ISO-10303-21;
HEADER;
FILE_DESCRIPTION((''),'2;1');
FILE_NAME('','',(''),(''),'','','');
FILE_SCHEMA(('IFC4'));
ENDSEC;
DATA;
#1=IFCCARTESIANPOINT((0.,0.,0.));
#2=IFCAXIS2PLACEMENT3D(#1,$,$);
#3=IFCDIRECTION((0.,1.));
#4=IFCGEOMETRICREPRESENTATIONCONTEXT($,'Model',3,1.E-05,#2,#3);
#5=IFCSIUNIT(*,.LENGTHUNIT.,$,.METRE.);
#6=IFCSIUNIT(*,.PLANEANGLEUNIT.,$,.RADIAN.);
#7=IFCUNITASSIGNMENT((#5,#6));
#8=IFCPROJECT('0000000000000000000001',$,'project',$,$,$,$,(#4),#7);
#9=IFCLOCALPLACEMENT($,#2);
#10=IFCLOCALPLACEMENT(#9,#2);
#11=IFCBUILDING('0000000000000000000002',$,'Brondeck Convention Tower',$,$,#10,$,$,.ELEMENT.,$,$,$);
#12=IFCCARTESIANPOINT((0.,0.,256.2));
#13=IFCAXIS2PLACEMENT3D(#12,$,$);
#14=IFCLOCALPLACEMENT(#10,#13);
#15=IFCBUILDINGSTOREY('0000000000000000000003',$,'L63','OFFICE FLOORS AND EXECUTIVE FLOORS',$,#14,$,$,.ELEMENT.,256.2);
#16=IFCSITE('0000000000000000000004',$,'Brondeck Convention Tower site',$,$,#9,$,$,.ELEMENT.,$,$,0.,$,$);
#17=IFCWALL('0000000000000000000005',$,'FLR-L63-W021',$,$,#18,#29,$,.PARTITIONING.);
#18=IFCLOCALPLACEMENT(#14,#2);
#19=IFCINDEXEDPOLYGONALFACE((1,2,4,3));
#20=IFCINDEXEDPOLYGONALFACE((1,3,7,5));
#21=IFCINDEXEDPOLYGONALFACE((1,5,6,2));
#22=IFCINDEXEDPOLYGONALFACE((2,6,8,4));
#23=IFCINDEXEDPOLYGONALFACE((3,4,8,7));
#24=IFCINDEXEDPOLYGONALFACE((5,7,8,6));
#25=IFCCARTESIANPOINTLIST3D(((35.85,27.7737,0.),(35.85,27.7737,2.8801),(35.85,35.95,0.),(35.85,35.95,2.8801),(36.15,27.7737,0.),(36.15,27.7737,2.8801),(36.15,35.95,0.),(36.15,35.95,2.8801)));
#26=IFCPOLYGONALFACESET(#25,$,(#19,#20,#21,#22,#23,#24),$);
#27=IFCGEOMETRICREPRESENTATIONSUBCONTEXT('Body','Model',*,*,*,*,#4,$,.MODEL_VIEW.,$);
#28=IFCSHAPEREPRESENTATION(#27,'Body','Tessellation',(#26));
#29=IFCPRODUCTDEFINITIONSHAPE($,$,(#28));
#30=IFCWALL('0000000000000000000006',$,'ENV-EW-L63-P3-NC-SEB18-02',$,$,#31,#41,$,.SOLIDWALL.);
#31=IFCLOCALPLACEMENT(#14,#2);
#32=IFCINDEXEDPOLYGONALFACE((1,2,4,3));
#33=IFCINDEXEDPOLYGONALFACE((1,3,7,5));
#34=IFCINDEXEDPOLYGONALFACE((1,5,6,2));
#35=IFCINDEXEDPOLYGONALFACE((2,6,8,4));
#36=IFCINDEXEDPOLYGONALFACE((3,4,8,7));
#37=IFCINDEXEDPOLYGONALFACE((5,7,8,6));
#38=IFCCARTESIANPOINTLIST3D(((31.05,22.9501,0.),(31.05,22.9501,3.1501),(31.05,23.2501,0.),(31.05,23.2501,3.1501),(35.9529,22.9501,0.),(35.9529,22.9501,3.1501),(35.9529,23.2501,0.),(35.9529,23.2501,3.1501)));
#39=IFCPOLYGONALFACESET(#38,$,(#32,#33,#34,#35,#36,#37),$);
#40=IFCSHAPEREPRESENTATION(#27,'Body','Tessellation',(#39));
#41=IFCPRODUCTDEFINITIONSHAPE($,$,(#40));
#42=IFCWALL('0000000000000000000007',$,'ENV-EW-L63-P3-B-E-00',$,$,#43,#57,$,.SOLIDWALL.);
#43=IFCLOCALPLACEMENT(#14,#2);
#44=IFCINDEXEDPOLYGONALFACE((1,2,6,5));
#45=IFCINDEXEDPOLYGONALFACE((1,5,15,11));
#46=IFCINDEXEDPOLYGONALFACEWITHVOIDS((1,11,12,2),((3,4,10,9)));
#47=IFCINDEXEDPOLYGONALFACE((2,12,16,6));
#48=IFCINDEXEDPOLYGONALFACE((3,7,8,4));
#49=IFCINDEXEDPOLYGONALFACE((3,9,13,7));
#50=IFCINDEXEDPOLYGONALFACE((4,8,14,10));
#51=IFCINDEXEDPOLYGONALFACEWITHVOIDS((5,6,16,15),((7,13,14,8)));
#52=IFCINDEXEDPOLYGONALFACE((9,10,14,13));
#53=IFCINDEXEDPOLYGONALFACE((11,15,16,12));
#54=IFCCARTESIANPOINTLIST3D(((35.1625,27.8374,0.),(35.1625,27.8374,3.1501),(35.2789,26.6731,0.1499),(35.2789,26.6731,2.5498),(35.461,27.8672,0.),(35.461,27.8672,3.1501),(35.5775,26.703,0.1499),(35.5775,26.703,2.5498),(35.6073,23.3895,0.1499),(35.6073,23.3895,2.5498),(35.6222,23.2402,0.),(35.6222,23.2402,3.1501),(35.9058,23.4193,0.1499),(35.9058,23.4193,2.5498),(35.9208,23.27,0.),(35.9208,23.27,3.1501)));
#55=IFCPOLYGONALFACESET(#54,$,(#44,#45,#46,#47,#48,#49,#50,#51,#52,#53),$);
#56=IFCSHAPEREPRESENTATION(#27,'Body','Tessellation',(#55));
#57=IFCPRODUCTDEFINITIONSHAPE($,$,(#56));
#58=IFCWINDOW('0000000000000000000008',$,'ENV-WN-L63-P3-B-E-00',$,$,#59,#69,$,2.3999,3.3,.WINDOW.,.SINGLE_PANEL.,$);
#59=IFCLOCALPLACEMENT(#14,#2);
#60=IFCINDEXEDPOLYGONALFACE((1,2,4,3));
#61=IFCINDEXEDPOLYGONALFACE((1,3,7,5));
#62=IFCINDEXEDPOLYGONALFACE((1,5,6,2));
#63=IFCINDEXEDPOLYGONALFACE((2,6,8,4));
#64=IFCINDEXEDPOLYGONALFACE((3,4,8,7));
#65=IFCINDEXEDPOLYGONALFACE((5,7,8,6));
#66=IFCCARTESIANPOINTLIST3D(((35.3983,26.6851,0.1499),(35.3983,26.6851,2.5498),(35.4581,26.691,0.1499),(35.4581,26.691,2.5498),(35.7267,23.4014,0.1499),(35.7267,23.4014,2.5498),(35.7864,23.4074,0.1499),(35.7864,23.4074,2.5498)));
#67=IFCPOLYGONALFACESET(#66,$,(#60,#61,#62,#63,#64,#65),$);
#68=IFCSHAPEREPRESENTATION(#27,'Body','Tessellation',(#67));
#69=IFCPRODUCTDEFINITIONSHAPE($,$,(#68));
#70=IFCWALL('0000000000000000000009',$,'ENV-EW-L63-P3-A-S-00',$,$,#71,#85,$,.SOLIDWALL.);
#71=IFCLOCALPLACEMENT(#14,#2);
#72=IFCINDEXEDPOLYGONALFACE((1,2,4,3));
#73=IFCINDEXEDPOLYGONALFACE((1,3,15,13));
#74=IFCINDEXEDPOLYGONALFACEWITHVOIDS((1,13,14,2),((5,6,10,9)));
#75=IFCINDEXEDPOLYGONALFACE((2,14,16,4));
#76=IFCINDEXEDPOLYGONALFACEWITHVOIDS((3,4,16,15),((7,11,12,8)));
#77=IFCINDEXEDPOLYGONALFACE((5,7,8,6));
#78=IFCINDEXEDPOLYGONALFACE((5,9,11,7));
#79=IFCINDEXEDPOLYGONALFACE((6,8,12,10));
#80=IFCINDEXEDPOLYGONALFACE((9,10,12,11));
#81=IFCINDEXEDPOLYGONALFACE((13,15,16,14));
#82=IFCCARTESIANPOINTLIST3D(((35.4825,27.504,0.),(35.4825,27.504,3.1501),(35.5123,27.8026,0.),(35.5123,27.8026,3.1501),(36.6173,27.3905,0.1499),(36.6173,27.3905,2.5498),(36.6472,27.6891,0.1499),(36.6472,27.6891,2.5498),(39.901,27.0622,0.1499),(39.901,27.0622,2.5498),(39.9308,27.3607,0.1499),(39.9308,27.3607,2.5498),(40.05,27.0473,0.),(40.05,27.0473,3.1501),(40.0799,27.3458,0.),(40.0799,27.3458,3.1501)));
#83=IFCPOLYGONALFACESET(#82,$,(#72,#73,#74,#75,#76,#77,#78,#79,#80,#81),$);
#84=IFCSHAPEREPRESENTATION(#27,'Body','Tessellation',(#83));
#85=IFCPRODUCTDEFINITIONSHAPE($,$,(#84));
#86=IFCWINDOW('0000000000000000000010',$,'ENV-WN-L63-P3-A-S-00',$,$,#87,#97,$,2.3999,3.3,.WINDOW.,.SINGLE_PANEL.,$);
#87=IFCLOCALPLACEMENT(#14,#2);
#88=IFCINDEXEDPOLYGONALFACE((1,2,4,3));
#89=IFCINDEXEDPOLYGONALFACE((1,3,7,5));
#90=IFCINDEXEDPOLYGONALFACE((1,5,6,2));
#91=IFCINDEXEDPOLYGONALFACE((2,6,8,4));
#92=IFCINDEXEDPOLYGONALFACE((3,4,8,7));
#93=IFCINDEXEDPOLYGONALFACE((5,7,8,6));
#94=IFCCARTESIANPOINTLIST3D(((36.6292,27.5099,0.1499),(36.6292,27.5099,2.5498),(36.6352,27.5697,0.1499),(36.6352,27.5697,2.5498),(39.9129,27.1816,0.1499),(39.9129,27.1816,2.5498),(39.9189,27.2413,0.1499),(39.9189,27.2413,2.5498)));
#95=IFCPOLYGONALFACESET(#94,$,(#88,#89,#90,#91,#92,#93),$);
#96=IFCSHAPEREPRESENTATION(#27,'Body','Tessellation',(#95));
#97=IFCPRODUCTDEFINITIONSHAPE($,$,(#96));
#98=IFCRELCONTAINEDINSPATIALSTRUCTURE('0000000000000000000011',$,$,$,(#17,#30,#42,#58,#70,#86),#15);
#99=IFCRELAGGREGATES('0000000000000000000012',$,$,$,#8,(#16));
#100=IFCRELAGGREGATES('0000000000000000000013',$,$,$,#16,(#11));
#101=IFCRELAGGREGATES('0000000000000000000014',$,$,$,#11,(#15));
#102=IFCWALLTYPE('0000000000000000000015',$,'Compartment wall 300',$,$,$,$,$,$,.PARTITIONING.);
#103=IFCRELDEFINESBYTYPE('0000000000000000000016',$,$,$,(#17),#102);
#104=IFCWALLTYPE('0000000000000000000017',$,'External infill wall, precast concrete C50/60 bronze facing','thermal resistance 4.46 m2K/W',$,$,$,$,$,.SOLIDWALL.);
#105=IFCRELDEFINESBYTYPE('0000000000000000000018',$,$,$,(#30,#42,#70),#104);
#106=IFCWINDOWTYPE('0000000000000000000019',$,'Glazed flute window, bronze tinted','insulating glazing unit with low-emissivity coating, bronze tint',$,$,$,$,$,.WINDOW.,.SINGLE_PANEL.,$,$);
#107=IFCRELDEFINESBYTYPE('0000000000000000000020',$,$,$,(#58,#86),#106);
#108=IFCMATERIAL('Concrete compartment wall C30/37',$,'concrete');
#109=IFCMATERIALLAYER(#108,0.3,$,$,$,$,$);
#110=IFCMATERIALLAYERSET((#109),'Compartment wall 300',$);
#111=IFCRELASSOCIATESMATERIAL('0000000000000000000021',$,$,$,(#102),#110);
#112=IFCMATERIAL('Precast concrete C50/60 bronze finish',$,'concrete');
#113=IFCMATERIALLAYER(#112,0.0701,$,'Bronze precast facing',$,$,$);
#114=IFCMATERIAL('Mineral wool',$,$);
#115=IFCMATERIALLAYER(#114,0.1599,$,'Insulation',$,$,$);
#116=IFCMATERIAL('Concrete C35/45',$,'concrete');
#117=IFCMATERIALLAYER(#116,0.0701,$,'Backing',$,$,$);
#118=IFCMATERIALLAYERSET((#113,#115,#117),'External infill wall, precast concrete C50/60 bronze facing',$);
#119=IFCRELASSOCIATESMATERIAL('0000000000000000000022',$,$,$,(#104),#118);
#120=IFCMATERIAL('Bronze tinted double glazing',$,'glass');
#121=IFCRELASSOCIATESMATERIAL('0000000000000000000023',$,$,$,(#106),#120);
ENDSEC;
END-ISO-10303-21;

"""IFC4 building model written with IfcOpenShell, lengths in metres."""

from ifc_helpers import new_model, si_unit, direction, frame, frame_2d, origin, place, context, subcontext, project, spatial, rectangle, extrude, material, layer, layer_set, type_object, element, fill, save


model = new_model("IFC4")

# Units and contexts
model_context = context("Model", 3, precision=1e-05, world=origin(), true_north=direction((0.0, 1.0)))
body_context = subcontext(model_context, "Body", "Model", "MODEL_VIEW")
ifc_project = project(units=[si_unit("LENGTHUNIT", "METRE"), si_unit("PLANEANGLEUNIT", "RADIAN")], contexts=[model_context])

# Site, building, storey
site_placement = place(None, origin())
site = spatial("IfcSite", under=ifc_project, at=site_placement, Name="Brondeck Convention Tower site", CompositionType="ELEMENT", RefElevation=0.0)
building_placement = place(site_placement, origin())
building = spatial("IfcBuilding", under=site, at=building_placement, Name="Brondeck Convention Tower", CompositionType="ELEMENT")
storey_placement = place(building_placement, frame((0.0, 0.0, 256.2)))
storey = spatial("IfcBuildingStorey", under=building, at=storey_placement, Name="L63", Description="OFFICE FLOORS AND EXECUTIVE FLOORS", CompositionType="ELEMENT", Elevation=256.2)

# Walls
ifc_material_1 = material(Name="Concrete compartment wall C30/37", Category="concrete")
ifc_layer_1 = layer(ifc_material_1, 0.3)
ifc_layer_set_1 = layer_set([ifc_layer_1], Name="Compartment wall 300")
wall_type_1 = type_object("IfcWallType", Name="Compartment wall 300", PredefinedType="PARTITIONING", material=ifc_layer_set_1)
wall_1_placement = place(storey_placement, frame((36.0, 27.7737, 0.0), z_axis=(0.0, 0.0, 1.0), x_axis=(0.0, 1.0, 0.0)))
element("IfcWall", 1, at=wall_1_placement, inside=storey, type_object=wall_type_1, Name="FLR-L63-W021", PredefinedType="PARTITIONING", context=body_context, shape_type="SweptSolid", body=[
    extrude(rectangle(XDim=8.1763, YDim=0.3, at=frame_2d((4.0881, 0.0))), origin(), (0.0, 0.0, 1.0), 2.8801),
])
ifc_material_2 = material(Name="Precast concrete C50/60 bronze finish", Category="concrete")
ifc_layer_2 = layer(ifc_material_2, 0.0701, Name="Bronze precast facing")
ifc_material_3 = material(Name="Mineral wool")
ifc_layer_3 = layer(ifc_material_3, 0.1599, Name="Insulation")
ifc_material_4 = material(Name="Concrete C35/45", Category="concrete")
ifc_layer_4 = layer(ifc_material_4, 0.0701, Name="Backing")
ifc_layer_set_2 = layer_set([ifc_layer_2, ifc_layer_3, ifc_layer_4], Name="External infill wall, precast concrete C50/60 bronze facing")
wall_type_2 = type_object("IfcWallType", Name="External infill wall, precast concrete C50/60 bronze facing", Description="thermal resistance 4.46 m2K/W", PredefinedType="SOLIDWALL", material=ifc_layer_set_2)
wall_2_placement = place(storey_placement, frame((35.9529, 23.1001, 0.0), z_axis=(0.0, 0.0, 1.0), x_axis=(-1.0, 0.0, 0.0)))
element("IfcWall", 2, at=wall_2_placement, inside=storey, type_object=wall_type_2, Name="ENV-EW-L63-P3-NC-SEB18-02", PredefinedType="SOLIDWALL", context=body_context, shape_type="SweptSolid", body=[
    extrude(rectangle(XDim=4.9028, YDim=0.3, at=frame_2d((2.4514, 0.0))), origin(), (0.0, 0.0, 1.0), 3.1501),
])

# Walls, openings, windows
wall_3_placement = place(storey_placement, frame((35.3118, 27.8523, 0.0), z_axis=(0.0, 0.0, 1.0), x_axis=(0.099504, -0.995037, 0.0)))
wall_3 = element("IfcWall", 3, at=wall_3_placement, inside=storey, type_object=wall_type_2, Name="ENV-EW-L63-P3-B-E-00", PredefinedType="SOLIDWALL", context=body_context, shape_type="SweptSolid", body=[
    extrude(rectangle(XDim=4.6201, YDim=0.3, at=frame_2d((2.3101, 0.0))), origin(), (0.0, 0.0, 1.0), 3.1501),
])
opening_1_placement = place(wall_3_placement, frame((1.1702, 0.0, 0.1499)))
opening_1 = element("IfcOpeningElement", 4, at=opening_1_placement, cuts=wall_3, PredefinedType="OPENING", context=body_context, shape_type="SweptSolid", body=[
    extrude(rectangle(XDim=3.3, YDim=2.3999, at=frame_2d((1.6499, 1.2))), frame((0.0, 0.1599, 0.0), z_axis=(0.0, -1.0, 0.0), x_axis=(1.0, 0.0, 0.0)), (0.0, 0.0, 1.0), 0.3201),
])
ifc_material_5 = material(Name="Bronze tinted double glazing", Category="glass")
window_type = type_object("IfcWindowType", Name="Glazed flute window, bronze tinted", Description="insulating glazing unit with low-emissivity coating, bronze tint", PartitioningType="SINGLE_PANEL", PredefinedType="WINDOW", material=ifc_material_5)
window_1_placement = place(opening_1_placement, origin())
window_1 = element("IfcWindow", 5, at=window_1_placement, inside=storey, type_object=window_type, Name="ENV-WN-L63-P3-B-E-00", OverallHeight=2.3999, OverallWidth=3.3, PartitioningType="SINGLE_PANEL", PredefinedType="WINDOW", context=body_context, shape_type="SweptSolid", body=[
    extrude(rectangle(XDim=3.3, YDim=2.3999, at=frame_2d((1.6499, 1.2))), frame((0.0, 0.03, 0.0), z_axis=(0.0, -1.0, 0.0), x_axis=(1.0, 0.0, 0.0)), (0.0, 0.0, 1.0), 0.0601),
])
fill(opening_1, window_1)
wall_4_placement = place(storey_placement, frame((40.0649, 27.1965, 0.0), z_axis=(0.0, 0.0, 1.0), x_axis=(-0.995037, 0.099509, 0.0)))
wall_4 = element("IfcWall", 6, at=wall_4_placement, inside=storey, type_object=wall_type_2, Name="ENV-EW-L63-P3-A-S-00", PredefinedType="SOLIDWALL", context=body_context, shape_type="SweptSolid", body=[
    extrude(rectangle(XDim=4.5903, YDim=0.3, at=frame_2d((2.2952, 0.0))), origin(), (0.0, 0.0, 1.0), 3.1501),
])
opening_2_placement = place(wall_4_placement, frame((0.1499, 0.0, 0.1499)))
opening_2 = element("IfcOpeningElement", 7, at=opening_2_placement, cuts=wall_4, PredefinedType="OPENING", context=body_context, shape_type="SweptSolid", body=[
    extrude(rectangle(XDim=3.3, YDim=2.3999, at=frame_2d((1.6499, 1.2))), frame((0.0, 0.1599, 0.0), z_axis=(0.0, -1.0, 0.0), x_axis=(1.0, 0.0, 0.0)), (0.0, 0.0, 1.0), 0.3201),
])
window_2_placement = place(opening_2_placement, origin())
window_2 = element("IfcWindow", 8, at=window_2_placement, inside=storey, type_object=window_type, Name="ENV-WN-L63-P3-A-S-00", OverallHeight=2.3999, OverallWidth=3.3, PartitioningType="SINGLE_PANEL", PredefinedType="WINDOW", context=body_context, shape_type="SweptSolid", body=[
    extrude(rectangle(XDim=3.3, YDim=2.3999, at=frame_2d((1.6499, 1.2))), frame((0.0, 0.03, 0.0), z_axis=(0.0, -1.0, 0.0), x_axis=(1.0, 0.0, 0.0)), (0.0, 0.0, 1.0), 0.0601),
])
fill(opening_2, window_2)

save(model, "model.ifc")
